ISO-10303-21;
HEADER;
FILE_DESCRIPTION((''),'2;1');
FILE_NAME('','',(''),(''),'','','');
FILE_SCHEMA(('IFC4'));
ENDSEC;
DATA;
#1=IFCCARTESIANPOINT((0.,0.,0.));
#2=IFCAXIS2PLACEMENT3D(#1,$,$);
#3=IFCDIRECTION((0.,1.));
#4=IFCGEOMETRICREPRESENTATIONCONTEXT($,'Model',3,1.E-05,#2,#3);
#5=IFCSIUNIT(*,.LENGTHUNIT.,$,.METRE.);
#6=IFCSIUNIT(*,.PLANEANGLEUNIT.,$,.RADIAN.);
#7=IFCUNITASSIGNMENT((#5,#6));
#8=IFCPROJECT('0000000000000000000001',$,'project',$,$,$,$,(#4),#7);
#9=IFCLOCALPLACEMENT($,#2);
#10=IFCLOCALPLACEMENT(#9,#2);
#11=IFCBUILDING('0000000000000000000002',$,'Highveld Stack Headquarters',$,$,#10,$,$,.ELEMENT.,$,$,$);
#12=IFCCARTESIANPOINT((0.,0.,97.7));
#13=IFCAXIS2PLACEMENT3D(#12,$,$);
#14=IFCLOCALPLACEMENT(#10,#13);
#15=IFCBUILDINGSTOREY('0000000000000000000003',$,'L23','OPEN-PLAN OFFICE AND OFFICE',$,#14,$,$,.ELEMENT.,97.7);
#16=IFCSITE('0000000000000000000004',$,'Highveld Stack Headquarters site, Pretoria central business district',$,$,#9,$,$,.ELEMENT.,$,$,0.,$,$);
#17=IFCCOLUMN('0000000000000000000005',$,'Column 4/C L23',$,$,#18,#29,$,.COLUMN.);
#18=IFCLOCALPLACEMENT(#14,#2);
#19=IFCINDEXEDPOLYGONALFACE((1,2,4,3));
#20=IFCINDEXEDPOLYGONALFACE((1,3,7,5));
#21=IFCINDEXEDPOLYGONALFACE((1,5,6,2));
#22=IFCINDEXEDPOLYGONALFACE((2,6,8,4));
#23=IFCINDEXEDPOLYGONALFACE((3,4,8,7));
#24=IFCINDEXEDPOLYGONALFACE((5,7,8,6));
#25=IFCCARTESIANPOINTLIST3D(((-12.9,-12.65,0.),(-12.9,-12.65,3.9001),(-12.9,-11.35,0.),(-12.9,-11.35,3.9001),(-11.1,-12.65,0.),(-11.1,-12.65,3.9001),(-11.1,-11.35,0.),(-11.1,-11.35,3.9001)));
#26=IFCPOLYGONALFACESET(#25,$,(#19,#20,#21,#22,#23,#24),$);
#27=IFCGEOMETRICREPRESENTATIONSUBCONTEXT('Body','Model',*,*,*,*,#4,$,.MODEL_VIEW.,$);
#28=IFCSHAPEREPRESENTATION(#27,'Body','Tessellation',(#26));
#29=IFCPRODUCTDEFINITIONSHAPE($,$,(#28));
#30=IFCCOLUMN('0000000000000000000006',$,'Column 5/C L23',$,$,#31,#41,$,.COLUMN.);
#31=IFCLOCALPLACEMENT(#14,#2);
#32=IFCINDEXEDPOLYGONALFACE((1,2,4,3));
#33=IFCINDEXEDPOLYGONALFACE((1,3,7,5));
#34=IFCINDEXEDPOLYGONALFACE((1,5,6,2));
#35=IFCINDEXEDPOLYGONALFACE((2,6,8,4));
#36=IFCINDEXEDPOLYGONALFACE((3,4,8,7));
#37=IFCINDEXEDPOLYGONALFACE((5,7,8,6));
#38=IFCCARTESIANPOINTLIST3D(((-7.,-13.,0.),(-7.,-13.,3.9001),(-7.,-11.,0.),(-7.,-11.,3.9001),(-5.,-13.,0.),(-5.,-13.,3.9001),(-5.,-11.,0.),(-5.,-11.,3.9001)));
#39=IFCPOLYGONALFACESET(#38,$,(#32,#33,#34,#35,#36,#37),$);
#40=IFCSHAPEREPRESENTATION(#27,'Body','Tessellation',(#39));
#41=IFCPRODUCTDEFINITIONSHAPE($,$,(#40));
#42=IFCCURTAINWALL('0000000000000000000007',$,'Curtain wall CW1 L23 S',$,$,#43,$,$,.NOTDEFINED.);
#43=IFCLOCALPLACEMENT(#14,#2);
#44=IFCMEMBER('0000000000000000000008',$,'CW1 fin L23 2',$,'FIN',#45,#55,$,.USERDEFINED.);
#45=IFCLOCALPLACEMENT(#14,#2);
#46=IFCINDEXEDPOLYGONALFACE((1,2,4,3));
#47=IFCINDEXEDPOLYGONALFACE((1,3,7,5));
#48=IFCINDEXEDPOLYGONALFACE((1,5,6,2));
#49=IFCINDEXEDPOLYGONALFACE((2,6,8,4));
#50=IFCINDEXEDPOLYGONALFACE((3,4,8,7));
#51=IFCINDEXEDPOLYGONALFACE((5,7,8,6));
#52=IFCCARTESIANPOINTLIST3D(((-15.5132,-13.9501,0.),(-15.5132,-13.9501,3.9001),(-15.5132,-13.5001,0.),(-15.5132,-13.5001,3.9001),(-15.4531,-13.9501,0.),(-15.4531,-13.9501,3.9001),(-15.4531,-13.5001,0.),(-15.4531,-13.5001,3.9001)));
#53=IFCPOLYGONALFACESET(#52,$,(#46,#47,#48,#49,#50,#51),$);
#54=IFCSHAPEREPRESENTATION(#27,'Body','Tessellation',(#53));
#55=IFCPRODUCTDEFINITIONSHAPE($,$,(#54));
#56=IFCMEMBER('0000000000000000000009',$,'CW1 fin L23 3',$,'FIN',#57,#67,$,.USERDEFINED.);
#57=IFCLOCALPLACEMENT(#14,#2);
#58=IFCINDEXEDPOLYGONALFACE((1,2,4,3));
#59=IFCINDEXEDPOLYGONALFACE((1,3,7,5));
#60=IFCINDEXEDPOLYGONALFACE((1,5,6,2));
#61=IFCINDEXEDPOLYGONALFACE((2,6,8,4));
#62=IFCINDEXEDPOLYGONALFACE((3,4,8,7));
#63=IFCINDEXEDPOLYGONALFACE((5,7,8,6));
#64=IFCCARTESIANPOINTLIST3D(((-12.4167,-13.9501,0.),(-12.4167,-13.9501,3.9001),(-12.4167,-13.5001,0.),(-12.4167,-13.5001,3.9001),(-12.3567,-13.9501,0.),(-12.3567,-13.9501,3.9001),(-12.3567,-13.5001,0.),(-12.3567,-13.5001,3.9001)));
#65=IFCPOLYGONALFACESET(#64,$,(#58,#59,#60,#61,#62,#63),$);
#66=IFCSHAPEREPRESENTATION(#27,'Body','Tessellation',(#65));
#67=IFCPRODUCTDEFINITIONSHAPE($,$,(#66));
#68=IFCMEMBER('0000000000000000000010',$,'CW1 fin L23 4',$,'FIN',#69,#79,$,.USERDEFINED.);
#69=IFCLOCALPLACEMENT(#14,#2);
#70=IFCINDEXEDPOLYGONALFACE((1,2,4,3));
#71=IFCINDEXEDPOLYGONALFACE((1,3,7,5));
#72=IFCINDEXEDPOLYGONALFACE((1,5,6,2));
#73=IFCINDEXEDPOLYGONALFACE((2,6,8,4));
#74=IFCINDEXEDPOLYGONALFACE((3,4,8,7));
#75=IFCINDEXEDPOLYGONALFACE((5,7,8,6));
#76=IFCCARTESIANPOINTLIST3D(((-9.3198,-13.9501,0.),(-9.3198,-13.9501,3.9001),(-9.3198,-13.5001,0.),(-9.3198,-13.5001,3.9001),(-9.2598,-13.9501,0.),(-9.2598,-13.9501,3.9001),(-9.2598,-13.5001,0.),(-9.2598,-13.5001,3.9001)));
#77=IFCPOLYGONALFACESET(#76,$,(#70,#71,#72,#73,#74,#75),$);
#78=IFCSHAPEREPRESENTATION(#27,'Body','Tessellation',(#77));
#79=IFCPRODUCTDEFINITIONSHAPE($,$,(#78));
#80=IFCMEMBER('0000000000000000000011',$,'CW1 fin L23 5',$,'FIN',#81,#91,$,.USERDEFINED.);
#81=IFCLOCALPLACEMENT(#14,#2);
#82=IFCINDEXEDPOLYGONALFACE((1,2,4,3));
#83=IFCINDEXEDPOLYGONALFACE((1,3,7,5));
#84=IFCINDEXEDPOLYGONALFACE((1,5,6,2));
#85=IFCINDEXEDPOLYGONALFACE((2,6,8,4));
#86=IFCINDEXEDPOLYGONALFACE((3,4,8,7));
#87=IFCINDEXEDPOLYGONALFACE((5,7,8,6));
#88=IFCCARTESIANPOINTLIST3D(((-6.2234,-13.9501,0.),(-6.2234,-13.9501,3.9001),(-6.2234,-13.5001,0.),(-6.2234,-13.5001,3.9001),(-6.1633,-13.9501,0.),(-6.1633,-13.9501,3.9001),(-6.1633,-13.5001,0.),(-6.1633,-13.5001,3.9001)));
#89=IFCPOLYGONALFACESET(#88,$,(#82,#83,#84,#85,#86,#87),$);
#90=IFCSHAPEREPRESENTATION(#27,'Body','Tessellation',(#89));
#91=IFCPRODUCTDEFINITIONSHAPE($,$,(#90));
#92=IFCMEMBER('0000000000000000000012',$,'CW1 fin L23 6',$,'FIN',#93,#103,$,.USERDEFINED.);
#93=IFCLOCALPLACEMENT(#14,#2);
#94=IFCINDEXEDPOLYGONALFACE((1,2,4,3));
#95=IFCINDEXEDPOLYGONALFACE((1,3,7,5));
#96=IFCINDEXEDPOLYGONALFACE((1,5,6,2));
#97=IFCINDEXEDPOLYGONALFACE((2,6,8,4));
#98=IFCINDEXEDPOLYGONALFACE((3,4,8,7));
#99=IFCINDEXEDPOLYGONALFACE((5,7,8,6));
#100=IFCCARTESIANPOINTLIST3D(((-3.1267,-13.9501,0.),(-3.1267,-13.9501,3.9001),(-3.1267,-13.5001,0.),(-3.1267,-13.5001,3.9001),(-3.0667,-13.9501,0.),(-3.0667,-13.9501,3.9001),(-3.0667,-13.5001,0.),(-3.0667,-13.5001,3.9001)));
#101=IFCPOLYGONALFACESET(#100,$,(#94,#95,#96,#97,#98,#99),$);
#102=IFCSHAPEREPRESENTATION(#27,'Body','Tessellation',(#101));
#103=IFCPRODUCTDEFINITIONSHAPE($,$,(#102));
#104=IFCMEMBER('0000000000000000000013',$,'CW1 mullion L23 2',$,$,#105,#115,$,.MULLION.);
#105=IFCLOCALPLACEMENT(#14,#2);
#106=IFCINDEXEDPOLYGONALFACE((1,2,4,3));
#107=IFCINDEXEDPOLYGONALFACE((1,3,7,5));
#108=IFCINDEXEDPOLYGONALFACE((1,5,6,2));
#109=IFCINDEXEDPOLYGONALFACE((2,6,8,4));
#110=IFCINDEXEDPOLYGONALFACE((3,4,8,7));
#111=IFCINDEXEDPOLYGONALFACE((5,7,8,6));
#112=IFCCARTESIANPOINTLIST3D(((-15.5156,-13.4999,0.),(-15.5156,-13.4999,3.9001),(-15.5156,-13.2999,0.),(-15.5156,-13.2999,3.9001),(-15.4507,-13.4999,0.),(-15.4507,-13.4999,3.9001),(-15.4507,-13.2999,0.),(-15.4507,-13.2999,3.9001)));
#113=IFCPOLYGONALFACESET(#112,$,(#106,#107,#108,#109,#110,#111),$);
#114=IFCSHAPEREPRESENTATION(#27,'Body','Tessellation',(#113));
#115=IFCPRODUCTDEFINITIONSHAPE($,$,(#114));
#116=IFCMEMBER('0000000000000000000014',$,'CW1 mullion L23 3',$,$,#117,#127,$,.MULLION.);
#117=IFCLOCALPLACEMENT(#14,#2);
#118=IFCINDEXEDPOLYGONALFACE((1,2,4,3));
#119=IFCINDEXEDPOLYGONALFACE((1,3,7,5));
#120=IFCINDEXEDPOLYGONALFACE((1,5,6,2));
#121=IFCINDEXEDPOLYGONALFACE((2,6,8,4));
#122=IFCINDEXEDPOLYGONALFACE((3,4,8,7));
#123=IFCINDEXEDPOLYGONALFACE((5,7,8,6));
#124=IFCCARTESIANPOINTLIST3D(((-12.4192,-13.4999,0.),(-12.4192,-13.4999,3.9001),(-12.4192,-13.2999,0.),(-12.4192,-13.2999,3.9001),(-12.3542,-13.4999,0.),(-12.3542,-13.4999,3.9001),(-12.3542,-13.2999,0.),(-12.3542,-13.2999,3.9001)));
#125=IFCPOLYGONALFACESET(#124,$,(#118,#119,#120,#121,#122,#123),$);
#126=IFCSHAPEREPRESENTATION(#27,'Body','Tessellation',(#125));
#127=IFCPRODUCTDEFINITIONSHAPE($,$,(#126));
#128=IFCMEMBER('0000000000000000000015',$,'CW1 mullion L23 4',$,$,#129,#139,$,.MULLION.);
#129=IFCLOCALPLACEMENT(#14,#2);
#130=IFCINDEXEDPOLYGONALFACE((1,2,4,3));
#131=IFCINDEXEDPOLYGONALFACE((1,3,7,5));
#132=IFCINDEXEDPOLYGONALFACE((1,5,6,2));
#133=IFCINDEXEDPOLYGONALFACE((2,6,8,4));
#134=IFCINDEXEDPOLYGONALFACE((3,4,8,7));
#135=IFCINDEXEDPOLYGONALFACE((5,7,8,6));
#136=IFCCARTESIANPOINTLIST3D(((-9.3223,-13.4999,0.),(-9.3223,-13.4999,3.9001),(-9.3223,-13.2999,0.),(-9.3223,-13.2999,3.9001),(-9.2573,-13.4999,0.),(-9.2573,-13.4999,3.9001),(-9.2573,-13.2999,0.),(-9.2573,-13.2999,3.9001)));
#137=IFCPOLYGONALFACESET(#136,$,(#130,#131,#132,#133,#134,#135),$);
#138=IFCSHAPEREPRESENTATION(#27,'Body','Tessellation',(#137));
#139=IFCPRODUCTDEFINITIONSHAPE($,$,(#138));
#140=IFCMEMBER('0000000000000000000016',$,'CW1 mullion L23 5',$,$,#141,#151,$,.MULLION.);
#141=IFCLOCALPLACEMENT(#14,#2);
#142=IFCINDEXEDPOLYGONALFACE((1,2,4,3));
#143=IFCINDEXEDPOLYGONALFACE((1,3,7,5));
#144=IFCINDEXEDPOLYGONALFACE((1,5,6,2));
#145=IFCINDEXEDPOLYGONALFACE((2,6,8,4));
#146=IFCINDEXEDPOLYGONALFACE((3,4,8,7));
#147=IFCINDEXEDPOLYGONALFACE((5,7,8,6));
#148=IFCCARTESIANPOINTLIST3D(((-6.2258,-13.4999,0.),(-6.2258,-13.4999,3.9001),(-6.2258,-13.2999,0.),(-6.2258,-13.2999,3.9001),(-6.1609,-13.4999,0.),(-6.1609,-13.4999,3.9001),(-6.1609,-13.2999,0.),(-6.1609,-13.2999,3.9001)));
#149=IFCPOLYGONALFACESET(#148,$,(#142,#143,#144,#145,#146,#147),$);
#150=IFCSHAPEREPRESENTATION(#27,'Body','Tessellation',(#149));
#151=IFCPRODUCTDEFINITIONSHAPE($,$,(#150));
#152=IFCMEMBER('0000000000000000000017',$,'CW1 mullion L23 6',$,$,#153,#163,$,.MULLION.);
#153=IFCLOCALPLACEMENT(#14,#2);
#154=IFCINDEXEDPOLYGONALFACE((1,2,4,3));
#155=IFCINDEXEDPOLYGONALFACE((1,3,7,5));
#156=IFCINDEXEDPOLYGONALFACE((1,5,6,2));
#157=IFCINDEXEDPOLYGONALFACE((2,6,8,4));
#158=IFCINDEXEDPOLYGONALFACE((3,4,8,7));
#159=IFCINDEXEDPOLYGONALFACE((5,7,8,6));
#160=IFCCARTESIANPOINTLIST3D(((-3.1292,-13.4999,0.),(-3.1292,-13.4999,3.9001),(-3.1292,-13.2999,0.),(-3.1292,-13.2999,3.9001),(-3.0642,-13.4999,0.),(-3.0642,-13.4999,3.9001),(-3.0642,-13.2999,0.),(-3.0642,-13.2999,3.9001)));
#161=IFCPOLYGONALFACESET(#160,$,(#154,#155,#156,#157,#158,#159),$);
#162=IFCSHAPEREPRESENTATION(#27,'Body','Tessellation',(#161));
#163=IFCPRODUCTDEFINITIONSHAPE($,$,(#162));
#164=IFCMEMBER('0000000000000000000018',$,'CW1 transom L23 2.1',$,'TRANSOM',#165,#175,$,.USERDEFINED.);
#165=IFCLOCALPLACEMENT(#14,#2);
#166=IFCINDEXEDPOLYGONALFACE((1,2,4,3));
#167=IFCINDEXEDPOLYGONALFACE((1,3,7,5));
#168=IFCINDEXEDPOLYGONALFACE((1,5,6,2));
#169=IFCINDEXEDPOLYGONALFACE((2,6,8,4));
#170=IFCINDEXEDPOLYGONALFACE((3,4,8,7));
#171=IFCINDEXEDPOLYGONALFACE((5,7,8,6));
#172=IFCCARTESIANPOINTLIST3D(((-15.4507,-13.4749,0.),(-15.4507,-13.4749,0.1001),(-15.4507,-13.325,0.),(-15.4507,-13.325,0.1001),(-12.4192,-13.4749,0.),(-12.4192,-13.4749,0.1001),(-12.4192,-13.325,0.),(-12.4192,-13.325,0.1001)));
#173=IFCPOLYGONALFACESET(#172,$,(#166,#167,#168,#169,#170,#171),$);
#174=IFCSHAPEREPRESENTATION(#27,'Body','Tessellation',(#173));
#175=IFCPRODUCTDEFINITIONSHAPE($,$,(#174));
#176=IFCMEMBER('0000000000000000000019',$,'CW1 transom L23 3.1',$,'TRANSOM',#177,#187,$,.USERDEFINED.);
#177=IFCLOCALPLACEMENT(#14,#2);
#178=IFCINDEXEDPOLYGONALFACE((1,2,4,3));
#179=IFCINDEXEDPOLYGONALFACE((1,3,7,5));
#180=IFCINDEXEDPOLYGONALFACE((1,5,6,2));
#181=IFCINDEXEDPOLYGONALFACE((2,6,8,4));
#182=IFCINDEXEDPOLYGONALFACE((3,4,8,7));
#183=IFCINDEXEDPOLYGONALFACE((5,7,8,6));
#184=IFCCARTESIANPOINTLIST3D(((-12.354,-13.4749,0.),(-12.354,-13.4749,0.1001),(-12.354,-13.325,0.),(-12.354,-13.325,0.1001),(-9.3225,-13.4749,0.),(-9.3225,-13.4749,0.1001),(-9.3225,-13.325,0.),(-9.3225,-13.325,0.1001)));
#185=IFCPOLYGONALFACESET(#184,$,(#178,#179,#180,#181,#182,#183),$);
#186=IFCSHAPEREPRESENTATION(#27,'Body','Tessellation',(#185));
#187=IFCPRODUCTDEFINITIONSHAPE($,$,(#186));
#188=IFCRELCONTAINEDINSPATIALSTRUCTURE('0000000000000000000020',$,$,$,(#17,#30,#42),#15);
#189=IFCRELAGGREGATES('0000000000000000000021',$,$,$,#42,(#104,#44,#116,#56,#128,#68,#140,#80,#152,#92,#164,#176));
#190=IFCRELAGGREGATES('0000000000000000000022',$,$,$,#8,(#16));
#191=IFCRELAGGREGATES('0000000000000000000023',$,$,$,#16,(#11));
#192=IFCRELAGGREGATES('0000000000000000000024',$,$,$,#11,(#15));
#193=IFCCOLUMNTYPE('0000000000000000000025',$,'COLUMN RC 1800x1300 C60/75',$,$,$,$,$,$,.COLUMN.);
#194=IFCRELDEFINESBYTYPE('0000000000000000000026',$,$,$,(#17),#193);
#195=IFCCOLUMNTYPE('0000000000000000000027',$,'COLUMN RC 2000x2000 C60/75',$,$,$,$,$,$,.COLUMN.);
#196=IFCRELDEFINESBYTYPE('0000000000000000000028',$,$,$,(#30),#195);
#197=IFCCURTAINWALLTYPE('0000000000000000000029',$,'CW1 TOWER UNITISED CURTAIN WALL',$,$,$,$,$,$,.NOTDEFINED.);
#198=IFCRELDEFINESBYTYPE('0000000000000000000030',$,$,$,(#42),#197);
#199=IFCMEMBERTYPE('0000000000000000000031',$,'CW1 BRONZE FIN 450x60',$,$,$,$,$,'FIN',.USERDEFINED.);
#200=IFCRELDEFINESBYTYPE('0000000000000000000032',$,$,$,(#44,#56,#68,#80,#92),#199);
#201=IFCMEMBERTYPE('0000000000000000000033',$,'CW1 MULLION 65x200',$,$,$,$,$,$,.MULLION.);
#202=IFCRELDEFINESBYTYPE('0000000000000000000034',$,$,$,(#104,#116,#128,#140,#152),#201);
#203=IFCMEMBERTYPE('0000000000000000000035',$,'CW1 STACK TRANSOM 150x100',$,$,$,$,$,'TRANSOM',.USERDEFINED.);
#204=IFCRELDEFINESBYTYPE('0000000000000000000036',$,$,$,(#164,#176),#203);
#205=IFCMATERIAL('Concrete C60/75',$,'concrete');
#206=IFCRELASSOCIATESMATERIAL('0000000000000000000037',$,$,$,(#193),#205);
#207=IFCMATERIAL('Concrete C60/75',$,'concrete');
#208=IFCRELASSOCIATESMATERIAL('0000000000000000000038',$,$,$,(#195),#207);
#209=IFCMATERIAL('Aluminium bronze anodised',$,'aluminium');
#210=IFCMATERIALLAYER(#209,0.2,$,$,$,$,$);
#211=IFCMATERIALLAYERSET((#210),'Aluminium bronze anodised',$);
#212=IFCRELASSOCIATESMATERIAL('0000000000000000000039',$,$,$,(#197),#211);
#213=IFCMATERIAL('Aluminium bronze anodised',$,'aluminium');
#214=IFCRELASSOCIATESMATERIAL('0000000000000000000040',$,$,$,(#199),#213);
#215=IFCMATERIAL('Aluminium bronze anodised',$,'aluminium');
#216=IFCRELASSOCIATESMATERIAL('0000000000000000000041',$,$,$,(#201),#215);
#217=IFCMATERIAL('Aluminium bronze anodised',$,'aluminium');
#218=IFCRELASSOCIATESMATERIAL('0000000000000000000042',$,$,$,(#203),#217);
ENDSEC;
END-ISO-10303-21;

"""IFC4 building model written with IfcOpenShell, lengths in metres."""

from ifc_helpers import new_model, si_unit, direction, frame, origin, origin_2d, place, context, subcontext, project, spatial, rectangle, extrude, material, layer, layer_set, material_profile, profile_set, type_object, element, aggregate, save


model = new_model("IFC4")

# Units and contexts
model_context = context("Model", 3, precision=1e-05, world=origin(), true_north=direction((0.0, 1.0)))
body_context = subcontext(model_context, "Body", "Model", "MODEL_VIEW")
ifc_project = project(units=[si_unit("LENGTHUNIT", "METRE"), si_unit("PLANEANGLEUNIT", "RADIAN")], contexts=[model_context])

# Site, building, storey
site_placement = place(None, origin())
site = spatial("IfcSite", under=ifc_project, at=site_placement, Name="Highveld Stack Headquarters site, Pretoria central business district", CompositionType="ELEMENT", RefElevation=0.0)
building_placement = place(site_placement, origin())
building = spatial("IfcBuilding", under=site, at=building_placement, Name="Highveld Stack Headquarters", CompositionType="ELEMENT")
storey_placement = place(building_placement, frame((0.0, 0.0, 97.7)))
storey = spatial("IfcBuildingStorey", under=building, at=storey_placement, Name="L23", Description="OPEN-PLAN OFFICE AND OFFICE", CompositionType="ELEMENT", Elevation=97.7)

# Columns
ifc_material_1 = material(Name="Concrete C60/75", Category="concrete")
ifc_material_profile_1 = material_profile(ifc_material_1, rectangle(XDim=1.8, YDim=1.3, at=origin_2d()), Name="RC 1800x1300")
ifc_profile_set_1 = profile_set([ifc_material_profile_1], Name="Concrete C60/75")
column_type_1 = type_object("IfcColumnType", Name="COLUMN RC 1800x1300 C60/75", PredefinedType="COLUMN", material=ifc_profile_set_1)
column_1_placement = place(storey_placement, frame((-12.0, -12.0, 0.0), z_axis=(0.0, 0.0, 1.0), x_axis=(1.0, 0.0, 0.0)))
element("IfcColumn", 1, at=column_1_placement, inside=storey, type_object=column_type_1, Name="Column 4/C L23", PredefinedType="COLUMN", context=body_context, shape_type="SweptSolid", body=[
    extrude(rectangle(XDim=1.8, YDim=1.3, at=origin_2d()), origin(), (0.0, 0.0, 1.0), 3.9001),
])
ifc_material_2 = material(Name="Concrete C60/75", Category="concrete")
ifc_material_profile_2 = material_profile(ifc_material_2, rectangle(XDim=2.0, YDim=2.0, at=origin_2d()), Name="RC 2000x2000")
ifc_profile_set_2 = profile_set([ifc_material_profile_2], Name="Concrete C60/75")
column_type_2 = type_object("IfcColumnType", Name="COLUMN RC 2000x2000 C60/75", PredefinedType="COLUMN", material=ifc_profile_set_2)
column_2_placement = place(storey_placement, frame((-6.0, -12.0, 0.0), z_axis=(0.0, 0.0, 1.0), x_axis=(1.0, 0.0, 0.0)))
element("IfcColumn", 2, at=column_2_placement, inside=storey, type_object=column_type_2, Name="Column 5/C L23", PredefinedType="COLUMN", context=body_context, shape_type="SweptSolid", body=[
    extrude(rectangle(XDim=2.0, YDim=2.0, at=origin_2d()), origin(), (0.0, 0.0, 1.0), 3.9001),
])

# Curtain wall, members
ifc_material_3 = material(Name="Aluminium bronze anodised", Category="aluminium")
ifc_layer_1 = layer(ifc_material_3, 0.2)
ifc_layer_set_1 = layer_set([ifc_layer_1], Name="Aluminium bronze anodised")
curtain_wall_type = type_object("IfcCurtainWallType", Name="CW1 TOWER UNITISED CURTAIN WALL", PredefinedType="NOTDEFINED", material=ifc_layer_set_1)
curtain_wall_placement = place(storey_placement, origin())
curtain_wall = element("IfcCurtainWall", 3, at=curtain_wall_placement, inside=storey, type_object=curtain_wall_type, Name="Curtain wall CW1 L23 S", PredefinedType="NOTDEFINED")
ifc_material_4 = material(Name="Aluminium bronze anodised", Category="aluminium")
ifc_material_profile_3 = material_profile(ifc_material_4, rectangle(XDim=0.45, YDim=0.0601, at=origin_2d()), Name="FIN 450x60")
ifc_profile_set_3 = profile_set([ifc_material_profile_3], Name="Aluminium bronze anodised")
member_type_1 = type_object("IfcMemberType", Name="CW1 BRONZE FIN 450x60", ElementType="FIN", PredefinedType="USERDEFINED", material=ifc_profile_set_3)
member_1_placement = place(storey_placement, frame((-15.4832, -13.7251, 0.0), z_axis=(0.0, 0.0, 1.0), x_axis=(0.0, 1.0, 0.0)))
member_1 = element("IfcMember", 4, at=member_1_placement, type_object=member_type_1, Name="CW1 fin L23 2", ObjectType="FIN", PredefinedType="USERDEFINED", context=body_context, shape_type="SweptSolid", body=[
    extrude(rectangle(XDim=0.45, YDim=0.0601, at=origin_2d()), origin(), (0.0, 0.0, 1.0), 3.9001),
])
member_2_placement = place(storey_placement, frame((-12.3867, -13.7251, 0.0), z_axis=(0.0, 0.0, 1.0), x_axis=(0.0, 1.0, 0.0)))
member_2 = element("IfcMember", 5, at=member_2_placement, type_object=member_type_1, Name="CW1 fin L23 3", ObjectType="FIN", PredefinedType="USERDEFINED", context=body_context, shape_type="SweptSolid", body=[
    extrude(rectangle(XDim=0.45, YDim=0.0601, at=origin_2d()), origin(), (0.0, 0.0, 1.0), 3.9001),
])
member_3_placement = place(storey_placement, frame((-9.2898, -13.7251, 0.0), z_axis=(0.0, 0.0, 1.0), x_axis=(0.0, 1.0, 0.0)))
member_3 = element("IfcMember", 6, at=member_3_placement, type_object=member_type_1, Name="CW1 fin L23 4", ObjectType="FIN", PredefinedType="USERDEFINED", context=body_context, shape_type="SweptSolid", body=[
    extrude(rectangle(XDim=0.45, YDim=0.0601, at=origin_2d()), origin(), (0.0, 0.0, 1.0), 3.9001),
])
member_4_placement = place(storey_placement, frame((-6.1934, -13.7251, 0.0), z_axis=(0.0, 0.0, 1.0), x_axis=(0.0, 1.0, 0.0)))
member_4 = element("IfcMember", 7, at=member_4_placement, type_object=member_type_1, Name="CW1 fin L23 5", ObjectType="FIN", PredefinedType="USERDEFINED", context=body_context, shape_type="SweptSolid", body=[
    extrude(rectangle(XDim=0.45, YDim=0.0601, at=origin_2d()), origin(), (0.0, 0.0, 1.0), 3.9001),
])
member_5_placement = place(storey_placement, frame((-3.0967, -13.7251, 0.0), z_axis=(0.0, 0.0, 1.0), x_axis=(0.0, 1.0, 0.0)))
member_5 = element("IfcMember", 8, at=member_5_placement, type_object=member_type_1, Name="CW1 fin L23 6", ObjectType="FIN", PredefinedType="USERDEFINED", context=body_context, shape_type="SweptSolid", body=[
    extrude(rectangle(XDim=0.45, YDim=0.0601, at=origin_2d()), origin(), (0.0, 0.0, 1.0), 3.9001),
])
ifc_material_5 = material(Name="Aluminium bronze anodised", Category="aluminium")
ifc_material_profile_4 = material_profile(ifc_material_5, rectangle(XDim=0.2, YDim=0.0649, at=origin_2d()), Name="CW1 MULLION 65x200")
ifc_profile_set_4 = profile_set([ifc_material_profile_4], Name="Aluminium bronze anodised")
member_type_2 = type_object("IfcMemberType", Name="CW1 MULLION 65x200", PredefinedType="MULLION", material=ifc_profile_set_4)
member_6_placement = place(storey_placement, frame((-15.4832, -13.3999, 0.0), z_axis=(0.0, 0.0, 1.0), x_axis=(0.0, 1.0, 0.0)))
member_6 = element("IfcMember", 9, at=member_6_placement, type_object=member_type_2, Name="CW1 mullion L23 2", PredefinedType="MULLION", context=body_context, shape_type="SweptSolid", body=[
    extrude(rectangle(XDim=0.2, YDim=0.0649, at=origin_2d()), origin(), (0.0, 0.0, 1.0), 3.9001),
])
member_7_placement = place(storey_placement, frame((-12.3867, -13.3999, 0.0), z_axis=(0.0, 0.0, 1.0), x_axis=(0.0, 1.0, 0.0)))
member_7 = element("IfcMember", 10, at=member_7_placement, type_object=member_type_2, Name="CW1 mullion L23 3", PredefinedType="MULLION", context=body_context, shape_type="SweptSolid", body=[
    extrude(rectangle(XDim=0.2, YDim=0.0649, at=origin_2d()), origin(), (0.0, 0.0, 1.0), 3.9001),
])
member_8_placement = place(storey_placement, frame((-9.2898, -13.3999, 0.0), z_axis=(0.0, 0.0, 1.0), x_axis=(0.0, 1.0, 0.0)))
member_8 = element("IfcMember", 11, at=member_8_placement, type_object=member_type_2, Name="CW1 mullion L23 4", PredefinedType="MULLION", context=body_context, shape_type="SweptSolid", body=[
    extrude(rectangle(XDim=0.2, YDim=0.0649, at=origin_2d()), origin(), (0.0, 0.0, 1.0), 3.9001),
])
member_9_placement = place(storey_placement, frame((-6.1934, -13.3999, 0.0), z_axis=(0.0, 0.0, 1.0), x_axis=(0.0, 1.0, 0.0)))
member_9 = element("IfcMember", 12, at=member_9_placement, type_object=member_type_2, Name="CW1 mullion L23 5", PredefinedType="MULLION", context=body_context, shape_type="SweptSolid", body=[
    extrude(rectangle(XDim=0.2, YDim=0.0649, at=origin_2d()), origin(), (0.0, 0.0, 1.0), 3.9001),
])
member_10_placement = place(storey_placement, frame((-3.0967, -13.3999, 0.0), z_axis=(0.0, 0.0, 1.0), x_axis=(0.0, 1.0, 0.0)))
member_10 = element("IfcMember", 13, at=member_10_placement, type_object=member_type_2, Name="CW1 mullion L23 6", PredefinedType="MULLION", context=body_context, shape_type="SweptSolid", body=[
    extrude(rectangle(XDim=0.2, YDim=0.0649, at=origin_2d()), origin(), (0.0, 0.0, 1.0), 3.9001),
])
ifc_material_6 = material(Name="Aluminium bronze anodised", Category="aluminium")
ifc_material_profile_5 = material_profile(ifc_material_6, rectangle(XDim=0.1499, YDim=0.1001, at=origin_2d()), Name="CW1 TRANSOM 150x100")
ifc_profile_set_5 = profile_set([ifc_material_profile_5], Name="Aluminium bronze anodised")
member_type_3 = type_object("IfcMemberType", Name="CW1 STACK TRANSOM 150x100", ElementType="TRANSOM", PredefinedType="USERDEFINED", material=ifc_profile_set_5)
member_11_placement = place(storey_placement, frame((-15.4507, -13.3999, 0.05), z_axis=(1.0, 0.0, 0.0), x_axis=(0.0, 1.0, 0.0)))
member_11 = element("IfcMember", 14, at=member_11_placement, type_object=member_type_3, Name="CW1 transom L23 2.1", ObjectType="TRANSOM", PredefinedType="USERDEFINED", context=body_context, shape_type="SweptSolid", body=[
    extrude(rectangle(XDim=0.1499, YDim=0.1001, at=origin_2d()), origin(), (0.0, 0.0, 1.0), 3.0315),
])
member_12_placement = place(storey_placement, frame((-12.354, -13.3999, 0.05), z_axis=(1.0, 0.0, 0.0), x_axis=(0.0, 1.0, 0.0)))
member_12 = element("IfcMember", 15, at=member_12_placement, type_object=member_type_3, Name="CW1 transom L23 3.1", ObjectType="TRANSOM", PredefinedType="USERDEFINED", context=body_context, shape_type="SweptSolid", body=[
    extrude(rectangle(XDim=0.1499, YDim=0.1001, at=origin_2d()), origin(), (0.0, 0.0, 1.0), 3.0315),
])
aggregate(curtain_wall, [member_6, member_1, member_7, member_2, member_8, member_3, member_9, member_4, member_10, member_5, member_11, member_12])

save(model, "model.ifc")
